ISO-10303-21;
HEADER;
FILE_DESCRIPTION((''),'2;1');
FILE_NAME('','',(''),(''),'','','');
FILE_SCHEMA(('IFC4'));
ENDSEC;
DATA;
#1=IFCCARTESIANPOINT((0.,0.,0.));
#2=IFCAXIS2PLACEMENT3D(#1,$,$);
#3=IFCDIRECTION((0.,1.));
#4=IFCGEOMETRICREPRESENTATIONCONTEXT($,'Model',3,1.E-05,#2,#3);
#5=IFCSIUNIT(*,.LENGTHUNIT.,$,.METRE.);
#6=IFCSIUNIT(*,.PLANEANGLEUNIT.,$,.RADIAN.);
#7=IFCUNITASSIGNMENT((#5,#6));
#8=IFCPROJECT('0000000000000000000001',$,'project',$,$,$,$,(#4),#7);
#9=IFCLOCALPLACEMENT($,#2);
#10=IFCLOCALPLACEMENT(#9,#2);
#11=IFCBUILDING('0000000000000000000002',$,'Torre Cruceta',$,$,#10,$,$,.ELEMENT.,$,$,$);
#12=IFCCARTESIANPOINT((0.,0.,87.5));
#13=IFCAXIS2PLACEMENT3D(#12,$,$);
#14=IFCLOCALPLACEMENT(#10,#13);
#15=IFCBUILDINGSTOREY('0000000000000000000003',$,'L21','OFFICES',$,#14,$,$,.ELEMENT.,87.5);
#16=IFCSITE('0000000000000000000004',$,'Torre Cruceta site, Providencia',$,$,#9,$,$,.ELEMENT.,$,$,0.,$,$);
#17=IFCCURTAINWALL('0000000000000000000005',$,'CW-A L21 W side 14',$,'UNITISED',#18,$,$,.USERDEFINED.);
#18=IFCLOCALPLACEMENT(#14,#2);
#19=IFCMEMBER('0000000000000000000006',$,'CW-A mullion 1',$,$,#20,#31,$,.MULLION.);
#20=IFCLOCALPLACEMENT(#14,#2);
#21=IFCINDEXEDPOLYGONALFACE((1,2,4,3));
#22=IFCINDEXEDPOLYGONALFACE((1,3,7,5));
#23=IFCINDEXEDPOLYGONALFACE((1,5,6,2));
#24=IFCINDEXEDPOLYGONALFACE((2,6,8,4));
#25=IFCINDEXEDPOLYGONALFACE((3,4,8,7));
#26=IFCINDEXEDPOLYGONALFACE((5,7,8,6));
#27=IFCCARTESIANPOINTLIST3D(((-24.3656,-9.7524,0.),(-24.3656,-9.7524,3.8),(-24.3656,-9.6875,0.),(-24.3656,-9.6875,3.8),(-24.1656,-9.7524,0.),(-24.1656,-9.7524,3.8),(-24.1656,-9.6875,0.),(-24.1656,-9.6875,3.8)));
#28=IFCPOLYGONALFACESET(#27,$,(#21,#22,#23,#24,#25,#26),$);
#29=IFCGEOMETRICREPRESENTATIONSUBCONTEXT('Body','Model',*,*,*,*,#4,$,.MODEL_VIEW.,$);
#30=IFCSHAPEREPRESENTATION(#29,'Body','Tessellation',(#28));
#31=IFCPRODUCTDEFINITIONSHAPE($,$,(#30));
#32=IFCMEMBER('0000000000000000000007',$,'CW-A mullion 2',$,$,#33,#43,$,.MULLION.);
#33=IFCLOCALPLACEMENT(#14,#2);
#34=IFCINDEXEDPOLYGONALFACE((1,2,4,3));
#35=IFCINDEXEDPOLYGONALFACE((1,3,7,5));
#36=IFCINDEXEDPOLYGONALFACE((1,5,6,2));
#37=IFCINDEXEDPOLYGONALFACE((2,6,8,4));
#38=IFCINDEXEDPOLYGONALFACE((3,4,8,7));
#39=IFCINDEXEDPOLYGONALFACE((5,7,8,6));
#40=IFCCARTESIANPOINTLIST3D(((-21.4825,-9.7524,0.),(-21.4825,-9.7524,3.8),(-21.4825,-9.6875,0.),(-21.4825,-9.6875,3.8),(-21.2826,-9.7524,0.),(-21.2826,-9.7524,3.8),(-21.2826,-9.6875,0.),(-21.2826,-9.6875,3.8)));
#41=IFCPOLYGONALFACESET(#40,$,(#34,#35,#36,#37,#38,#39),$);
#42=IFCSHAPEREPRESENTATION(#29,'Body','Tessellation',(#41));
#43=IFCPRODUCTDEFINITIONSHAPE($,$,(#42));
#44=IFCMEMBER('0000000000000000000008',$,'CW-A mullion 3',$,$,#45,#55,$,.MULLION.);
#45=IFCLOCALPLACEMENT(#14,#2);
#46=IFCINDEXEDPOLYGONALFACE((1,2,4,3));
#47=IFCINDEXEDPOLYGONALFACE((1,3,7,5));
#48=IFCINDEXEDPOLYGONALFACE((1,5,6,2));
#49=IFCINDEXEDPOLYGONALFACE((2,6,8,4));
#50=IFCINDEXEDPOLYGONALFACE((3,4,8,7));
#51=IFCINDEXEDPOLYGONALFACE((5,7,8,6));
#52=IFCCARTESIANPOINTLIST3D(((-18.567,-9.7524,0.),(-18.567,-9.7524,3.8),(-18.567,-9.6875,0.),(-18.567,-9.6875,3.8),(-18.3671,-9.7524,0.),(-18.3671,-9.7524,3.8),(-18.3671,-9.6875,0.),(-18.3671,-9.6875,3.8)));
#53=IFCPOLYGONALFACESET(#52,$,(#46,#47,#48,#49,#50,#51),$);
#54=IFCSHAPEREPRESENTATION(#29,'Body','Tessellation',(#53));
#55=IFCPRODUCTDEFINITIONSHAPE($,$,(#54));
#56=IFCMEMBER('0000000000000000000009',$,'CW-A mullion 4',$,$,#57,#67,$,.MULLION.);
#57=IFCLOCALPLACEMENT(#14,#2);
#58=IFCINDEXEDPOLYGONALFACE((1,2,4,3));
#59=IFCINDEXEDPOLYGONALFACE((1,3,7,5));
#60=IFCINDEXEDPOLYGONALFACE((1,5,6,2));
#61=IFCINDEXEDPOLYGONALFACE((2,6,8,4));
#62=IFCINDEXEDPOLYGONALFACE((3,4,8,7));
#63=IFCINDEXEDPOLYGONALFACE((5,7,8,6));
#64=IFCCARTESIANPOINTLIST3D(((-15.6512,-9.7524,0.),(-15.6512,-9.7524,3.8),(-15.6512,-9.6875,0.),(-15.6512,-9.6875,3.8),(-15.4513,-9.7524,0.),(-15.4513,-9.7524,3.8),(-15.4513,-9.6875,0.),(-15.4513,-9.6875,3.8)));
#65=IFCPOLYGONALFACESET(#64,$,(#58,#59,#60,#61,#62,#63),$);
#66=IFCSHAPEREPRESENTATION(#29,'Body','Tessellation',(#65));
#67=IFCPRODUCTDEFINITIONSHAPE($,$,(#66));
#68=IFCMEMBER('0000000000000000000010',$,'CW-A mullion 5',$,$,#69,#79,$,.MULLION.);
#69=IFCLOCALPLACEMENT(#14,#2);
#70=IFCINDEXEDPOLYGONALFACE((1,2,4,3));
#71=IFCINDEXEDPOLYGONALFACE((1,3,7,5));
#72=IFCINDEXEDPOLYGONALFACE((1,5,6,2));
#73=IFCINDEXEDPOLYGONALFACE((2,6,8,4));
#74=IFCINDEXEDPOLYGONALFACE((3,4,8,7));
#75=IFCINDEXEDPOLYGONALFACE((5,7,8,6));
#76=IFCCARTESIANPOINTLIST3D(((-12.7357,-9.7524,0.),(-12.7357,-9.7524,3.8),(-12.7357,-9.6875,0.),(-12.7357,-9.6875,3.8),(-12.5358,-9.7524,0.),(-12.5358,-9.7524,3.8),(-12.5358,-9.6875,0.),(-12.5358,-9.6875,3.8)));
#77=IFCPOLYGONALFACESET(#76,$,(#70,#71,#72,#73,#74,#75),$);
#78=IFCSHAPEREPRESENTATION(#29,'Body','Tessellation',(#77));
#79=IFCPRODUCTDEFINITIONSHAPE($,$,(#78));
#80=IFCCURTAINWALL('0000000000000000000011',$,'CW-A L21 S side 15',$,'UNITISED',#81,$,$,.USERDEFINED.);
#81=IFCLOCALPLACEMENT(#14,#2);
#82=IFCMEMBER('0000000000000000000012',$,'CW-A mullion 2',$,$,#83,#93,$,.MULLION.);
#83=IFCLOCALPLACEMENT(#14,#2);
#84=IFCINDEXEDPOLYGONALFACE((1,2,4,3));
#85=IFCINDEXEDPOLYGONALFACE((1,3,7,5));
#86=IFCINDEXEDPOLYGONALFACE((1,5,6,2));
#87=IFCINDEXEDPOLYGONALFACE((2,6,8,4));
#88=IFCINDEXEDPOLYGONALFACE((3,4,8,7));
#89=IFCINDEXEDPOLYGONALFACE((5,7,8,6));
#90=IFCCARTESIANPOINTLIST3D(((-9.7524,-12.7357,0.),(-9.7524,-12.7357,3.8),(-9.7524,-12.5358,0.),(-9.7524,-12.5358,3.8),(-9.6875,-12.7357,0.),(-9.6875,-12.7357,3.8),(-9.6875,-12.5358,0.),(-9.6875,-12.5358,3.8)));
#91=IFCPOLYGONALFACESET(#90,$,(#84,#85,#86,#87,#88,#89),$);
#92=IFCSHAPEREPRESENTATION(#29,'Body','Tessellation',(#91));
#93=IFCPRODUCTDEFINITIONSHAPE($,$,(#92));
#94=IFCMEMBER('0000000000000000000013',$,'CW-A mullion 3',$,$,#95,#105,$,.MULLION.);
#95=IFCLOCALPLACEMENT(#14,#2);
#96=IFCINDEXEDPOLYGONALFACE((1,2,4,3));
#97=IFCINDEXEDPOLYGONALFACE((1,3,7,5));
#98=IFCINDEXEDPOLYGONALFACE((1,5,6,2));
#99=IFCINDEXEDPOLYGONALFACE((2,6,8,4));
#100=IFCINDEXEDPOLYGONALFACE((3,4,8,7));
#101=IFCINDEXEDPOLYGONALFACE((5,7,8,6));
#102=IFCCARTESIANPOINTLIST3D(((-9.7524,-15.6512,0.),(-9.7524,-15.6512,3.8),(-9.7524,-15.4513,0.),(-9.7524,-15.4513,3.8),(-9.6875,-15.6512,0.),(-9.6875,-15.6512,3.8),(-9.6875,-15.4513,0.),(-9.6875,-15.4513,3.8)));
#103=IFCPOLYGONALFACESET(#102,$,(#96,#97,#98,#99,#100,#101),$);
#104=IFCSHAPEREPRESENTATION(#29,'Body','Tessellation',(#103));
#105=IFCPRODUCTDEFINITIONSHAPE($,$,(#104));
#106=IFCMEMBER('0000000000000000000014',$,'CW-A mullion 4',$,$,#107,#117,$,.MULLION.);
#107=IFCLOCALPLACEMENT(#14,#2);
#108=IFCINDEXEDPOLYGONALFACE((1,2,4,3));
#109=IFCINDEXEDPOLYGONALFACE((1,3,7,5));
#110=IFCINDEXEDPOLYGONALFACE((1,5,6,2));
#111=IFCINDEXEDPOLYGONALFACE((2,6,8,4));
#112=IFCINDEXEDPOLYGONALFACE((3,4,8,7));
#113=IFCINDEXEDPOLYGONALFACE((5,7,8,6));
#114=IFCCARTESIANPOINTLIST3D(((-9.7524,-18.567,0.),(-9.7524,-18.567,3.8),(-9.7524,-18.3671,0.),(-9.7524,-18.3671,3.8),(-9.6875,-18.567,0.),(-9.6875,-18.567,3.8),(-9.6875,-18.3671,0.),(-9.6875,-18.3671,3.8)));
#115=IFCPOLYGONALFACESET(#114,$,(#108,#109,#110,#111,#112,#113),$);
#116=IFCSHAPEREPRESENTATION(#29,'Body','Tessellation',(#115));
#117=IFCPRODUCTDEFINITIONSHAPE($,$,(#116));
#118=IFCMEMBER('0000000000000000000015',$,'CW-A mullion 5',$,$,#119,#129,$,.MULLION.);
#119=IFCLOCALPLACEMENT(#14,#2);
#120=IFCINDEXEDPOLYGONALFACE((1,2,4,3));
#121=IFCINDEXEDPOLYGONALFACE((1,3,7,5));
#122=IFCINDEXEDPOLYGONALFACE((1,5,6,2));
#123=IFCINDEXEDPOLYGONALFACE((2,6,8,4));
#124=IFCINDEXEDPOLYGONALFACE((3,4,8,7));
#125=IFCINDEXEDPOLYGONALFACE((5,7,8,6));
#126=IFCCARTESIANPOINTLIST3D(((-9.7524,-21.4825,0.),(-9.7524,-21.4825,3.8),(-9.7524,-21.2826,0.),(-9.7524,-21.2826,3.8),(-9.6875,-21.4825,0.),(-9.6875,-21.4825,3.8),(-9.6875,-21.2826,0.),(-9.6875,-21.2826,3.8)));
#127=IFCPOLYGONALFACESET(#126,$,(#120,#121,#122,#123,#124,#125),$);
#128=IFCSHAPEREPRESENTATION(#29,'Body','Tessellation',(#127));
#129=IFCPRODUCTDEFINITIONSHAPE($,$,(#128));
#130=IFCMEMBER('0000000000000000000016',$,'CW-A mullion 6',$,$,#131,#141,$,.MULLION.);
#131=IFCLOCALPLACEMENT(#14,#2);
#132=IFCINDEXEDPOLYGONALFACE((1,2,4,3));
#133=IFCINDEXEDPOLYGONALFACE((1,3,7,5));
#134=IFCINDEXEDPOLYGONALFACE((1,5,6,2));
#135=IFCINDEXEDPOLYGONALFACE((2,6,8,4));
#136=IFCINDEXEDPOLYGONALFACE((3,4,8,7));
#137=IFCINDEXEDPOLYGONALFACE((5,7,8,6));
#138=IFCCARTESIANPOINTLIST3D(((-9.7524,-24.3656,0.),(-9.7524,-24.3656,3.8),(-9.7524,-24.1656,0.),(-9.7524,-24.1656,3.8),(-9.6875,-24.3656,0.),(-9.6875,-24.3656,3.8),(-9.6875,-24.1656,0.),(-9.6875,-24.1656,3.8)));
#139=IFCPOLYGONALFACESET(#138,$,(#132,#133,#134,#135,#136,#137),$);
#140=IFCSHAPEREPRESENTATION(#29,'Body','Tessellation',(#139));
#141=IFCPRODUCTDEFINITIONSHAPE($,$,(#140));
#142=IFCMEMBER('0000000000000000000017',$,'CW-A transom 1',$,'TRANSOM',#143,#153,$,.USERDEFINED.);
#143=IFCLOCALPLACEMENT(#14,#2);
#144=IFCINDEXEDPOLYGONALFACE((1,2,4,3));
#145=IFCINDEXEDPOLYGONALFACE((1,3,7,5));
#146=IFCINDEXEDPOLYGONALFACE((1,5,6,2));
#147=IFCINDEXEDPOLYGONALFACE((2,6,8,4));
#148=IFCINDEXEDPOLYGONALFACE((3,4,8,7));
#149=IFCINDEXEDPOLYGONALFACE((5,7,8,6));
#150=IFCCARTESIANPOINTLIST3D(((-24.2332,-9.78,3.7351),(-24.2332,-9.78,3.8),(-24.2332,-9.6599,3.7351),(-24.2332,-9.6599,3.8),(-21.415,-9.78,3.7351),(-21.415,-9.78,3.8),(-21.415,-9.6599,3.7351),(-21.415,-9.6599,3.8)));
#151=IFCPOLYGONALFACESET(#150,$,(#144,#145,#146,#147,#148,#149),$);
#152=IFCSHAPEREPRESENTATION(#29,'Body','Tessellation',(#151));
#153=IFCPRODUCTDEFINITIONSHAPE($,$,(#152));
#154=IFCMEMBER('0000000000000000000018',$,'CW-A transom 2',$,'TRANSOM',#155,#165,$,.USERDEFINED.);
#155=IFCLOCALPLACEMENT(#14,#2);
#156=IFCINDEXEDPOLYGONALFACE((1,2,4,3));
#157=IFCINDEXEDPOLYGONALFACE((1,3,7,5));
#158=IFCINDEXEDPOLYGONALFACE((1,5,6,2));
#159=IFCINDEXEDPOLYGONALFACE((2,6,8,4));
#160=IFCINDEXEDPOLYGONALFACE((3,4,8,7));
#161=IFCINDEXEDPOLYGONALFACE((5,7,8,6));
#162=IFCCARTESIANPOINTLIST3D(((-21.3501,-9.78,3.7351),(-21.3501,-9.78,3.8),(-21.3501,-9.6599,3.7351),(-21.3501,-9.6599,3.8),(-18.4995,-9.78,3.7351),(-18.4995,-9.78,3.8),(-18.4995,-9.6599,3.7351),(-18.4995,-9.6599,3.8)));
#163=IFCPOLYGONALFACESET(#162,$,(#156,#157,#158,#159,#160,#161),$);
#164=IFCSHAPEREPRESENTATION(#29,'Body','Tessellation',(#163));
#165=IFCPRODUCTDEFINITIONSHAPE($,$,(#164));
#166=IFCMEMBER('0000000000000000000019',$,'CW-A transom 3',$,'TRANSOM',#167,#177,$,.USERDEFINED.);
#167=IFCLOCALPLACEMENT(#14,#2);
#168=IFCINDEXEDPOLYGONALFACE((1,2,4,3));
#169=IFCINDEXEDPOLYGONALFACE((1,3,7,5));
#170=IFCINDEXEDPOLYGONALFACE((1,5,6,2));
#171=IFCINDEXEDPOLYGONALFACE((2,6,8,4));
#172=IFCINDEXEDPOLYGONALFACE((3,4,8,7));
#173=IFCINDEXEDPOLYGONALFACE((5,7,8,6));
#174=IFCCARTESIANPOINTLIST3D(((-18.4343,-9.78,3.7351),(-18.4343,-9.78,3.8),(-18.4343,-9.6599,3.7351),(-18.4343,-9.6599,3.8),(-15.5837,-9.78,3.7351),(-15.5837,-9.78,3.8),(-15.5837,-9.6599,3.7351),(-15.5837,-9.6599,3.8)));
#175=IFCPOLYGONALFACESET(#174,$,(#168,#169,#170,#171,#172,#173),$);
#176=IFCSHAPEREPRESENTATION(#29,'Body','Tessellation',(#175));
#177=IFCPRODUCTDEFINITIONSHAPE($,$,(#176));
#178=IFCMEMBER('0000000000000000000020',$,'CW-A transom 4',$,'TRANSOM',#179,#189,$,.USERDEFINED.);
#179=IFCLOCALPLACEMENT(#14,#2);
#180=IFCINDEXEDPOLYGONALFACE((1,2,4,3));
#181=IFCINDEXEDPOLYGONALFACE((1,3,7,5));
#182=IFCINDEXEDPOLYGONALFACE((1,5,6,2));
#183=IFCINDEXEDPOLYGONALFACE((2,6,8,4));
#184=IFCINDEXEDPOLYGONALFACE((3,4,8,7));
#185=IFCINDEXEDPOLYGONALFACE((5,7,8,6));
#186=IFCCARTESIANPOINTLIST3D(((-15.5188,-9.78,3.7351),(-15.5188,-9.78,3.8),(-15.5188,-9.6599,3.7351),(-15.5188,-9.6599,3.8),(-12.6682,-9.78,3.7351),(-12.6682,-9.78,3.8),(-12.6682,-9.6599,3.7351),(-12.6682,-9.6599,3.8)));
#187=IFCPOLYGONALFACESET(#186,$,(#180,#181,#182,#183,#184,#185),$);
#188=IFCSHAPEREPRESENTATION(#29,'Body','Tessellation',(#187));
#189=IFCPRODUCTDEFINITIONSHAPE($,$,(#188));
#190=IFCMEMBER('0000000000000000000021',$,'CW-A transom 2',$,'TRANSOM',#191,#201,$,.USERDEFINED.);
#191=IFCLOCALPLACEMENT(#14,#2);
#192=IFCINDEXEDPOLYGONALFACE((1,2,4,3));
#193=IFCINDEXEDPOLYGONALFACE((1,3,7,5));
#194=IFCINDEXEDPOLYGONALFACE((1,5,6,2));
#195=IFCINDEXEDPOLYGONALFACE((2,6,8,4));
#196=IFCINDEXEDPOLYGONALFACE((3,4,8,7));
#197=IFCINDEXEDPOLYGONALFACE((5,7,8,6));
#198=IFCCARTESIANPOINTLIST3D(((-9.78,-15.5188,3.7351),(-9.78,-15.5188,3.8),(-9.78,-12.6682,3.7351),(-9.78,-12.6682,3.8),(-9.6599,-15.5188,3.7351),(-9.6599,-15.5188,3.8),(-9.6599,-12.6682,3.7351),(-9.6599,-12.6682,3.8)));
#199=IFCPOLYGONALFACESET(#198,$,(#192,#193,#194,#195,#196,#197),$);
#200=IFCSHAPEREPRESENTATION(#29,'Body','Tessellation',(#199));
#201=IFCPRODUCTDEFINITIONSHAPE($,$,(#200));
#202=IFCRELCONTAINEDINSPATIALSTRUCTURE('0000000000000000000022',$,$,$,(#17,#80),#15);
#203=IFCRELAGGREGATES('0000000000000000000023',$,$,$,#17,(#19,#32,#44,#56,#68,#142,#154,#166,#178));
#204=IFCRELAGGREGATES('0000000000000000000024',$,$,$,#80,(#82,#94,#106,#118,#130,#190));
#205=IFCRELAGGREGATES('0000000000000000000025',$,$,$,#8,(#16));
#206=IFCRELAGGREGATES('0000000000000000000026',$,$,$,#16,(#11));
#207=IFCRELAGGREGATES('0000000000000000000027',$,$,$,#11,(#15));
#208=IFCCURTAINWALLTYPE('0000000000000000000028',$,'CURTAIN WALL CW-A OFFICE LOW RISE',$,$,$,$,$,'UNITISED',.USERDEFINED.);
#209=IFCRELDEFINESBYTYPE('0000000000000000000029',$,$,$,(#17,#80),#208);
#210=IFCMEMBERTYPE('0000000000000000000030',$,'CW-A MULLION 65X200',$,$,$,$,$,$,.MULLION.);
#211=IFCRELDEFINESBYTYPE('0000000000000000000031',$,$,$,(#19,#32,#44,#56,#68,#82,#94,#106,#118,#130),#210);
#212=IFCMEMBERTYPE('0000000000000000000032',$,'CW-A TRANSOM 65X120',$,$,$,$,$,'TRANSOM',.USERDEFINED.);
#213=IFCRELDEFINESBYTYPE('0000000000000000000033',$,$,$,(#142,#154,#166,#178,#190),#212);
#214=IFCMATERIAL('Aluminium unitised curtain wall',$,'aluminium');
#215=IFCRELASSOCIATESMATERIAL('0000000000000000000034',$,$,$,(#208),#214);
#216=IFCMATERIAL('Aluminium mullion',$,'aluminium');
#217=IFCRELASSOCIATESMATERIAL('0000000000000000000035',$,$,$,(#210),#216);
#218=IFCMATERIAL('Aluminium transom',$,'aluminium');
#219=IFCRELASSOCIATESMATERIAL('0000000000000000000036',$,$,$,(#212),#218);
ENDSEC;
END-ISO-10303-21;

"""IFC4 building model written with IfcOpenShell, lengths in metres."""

from ifc_helpers import new_model, si_unit, direction, frame, origin, origin_2d, place, context, subcontext, project, spatial, rectangle, extrude, material, material_profile, profile_set, type_object, element, aggregate, save


model = new_model("IFC4")

# Units and contexts
model_context = context("Model", 3, precision=1e-05, world=origin(), true_north=direction((0.0, 1.0)))
body_context = subcontext(model_context, "Body", "Model", "MODEL_VIEW")
ifc_project = project(units=[si_unit("LENGTHUNIT", "METRE"), si_unit("PLANEANGLEUNIT", "RADIAN")], contexts=[model_context])

# Site, building, storey
site_placement = place(None, origin())
site = spatial("IfcSite", under=ifc_project, at=site_placement, Name="Torre Cruceta site, Providencia", CompositionType="ELEMENT", RefElevation=0.0)
building_placement = place(site_placement, origin())
building = spatial("IfcBuilding", under=site, at=building_placement, Name="Torre Cruceta", CompositionType="ELEMENT")
storey_placement = place(building_placement, frame((0.0, 0.0, 87.5)))
storey = spatial("IfcBuildingStorey", under=building, at=storey_placement, Name="L21", Description="OFFICES", CompositionType="ELEMENT", Elevation=87.5)

# Curtain walls, members
ifc_material_1 = material(Name="Aluminium unitised curtain wall", Category="aluminium")
curtain_wall_type = type_object("IfcCurtainWallType", Name="CURTAIN WALL CW-A OFFICE LOW RISE", ElementType="UNITISED", PredefinedType="USERDEFINED", material=ifc_material_1)
curtain_wall_1_placement = place(storey_placement, origin())
curtain_wall_1 = element("IfcCurtainWall", 1, at=curtain_wall_1_placement, inside=storey, type_object=curtain_wall_type, Name="CW-A L21 W side 14", ObjectType="UNITISED", PredefinedType="USERDEFINED")
ifc_material_2 = material(Name="Aluminium mullion", Category="aluminium")
ifc_material_profile_1 = material_profile(ifc_material_2, rectangle(XDim=0.0649, YDim=0.2, at=origin_2d()), Name="AL 65X200")
ifc_profile_set_1 = profile_set([ifc_material_profile_1], Name="Aluminium mullion")
member_type_1 = type_object("IfcMemberType", Name="CW-A MULLION 65X200", PredefinedType="MULLION", material=ifc_profile_set_1)
member_1_placement = place(storey_placement, frame((-24.2656, -9.72, 0.0), z_axis=(0.0, 0.0, 1.0), x_axis=(0.0, 1.0, 0.0)))
member_1 = element("IfcMember", 2, at=member_1_placement, type_object=member_type_1, Name="CW-A mullion 1", PredefinedType="MULLION", context=body_context, shape_type="SweptSolid", body=[
    extrude(rectangle(XDim=0.0649, YDim=0.2, at=origin_2d()), origin(), (0.0, 0.0, 1.0), 3.8),
])
member_2_placement = place(storey_placement, frame((-21.3826, -9.72, 0.0), z_axis=(0.0, 0.0, 1.0), x_axis=(0.0, 1.0, 0.0)))
member_2 = element("IfcMember", 3, at=member_2_placement, type_object=member_type_1, Name="CW-A mullion 2", PredefinedType="MULLION", context=body_context, shape_type="SweptSolid", body=[
    extrude(rectangle(XDim=0.0649, YDim=0.2, at=origin_2d()), origin(), (0.0, 0.0, 1.0), 3.8),
])
member_3_placement = place(storey_placement, frame((-18.467, -9.72, 0.0), z_axis=(0.0, 0.0, 1.0), x_axis=(0.0, 1.0, 0.0)))
member_3 = element("IfcMember", 4, at=member_3_placement, type_object=member_type_1, Name="CW-A mullion 3", PredefinedType="MULLION", context=body_context, shape_type="SweptSolid", body=[
    extrude(rectangle(XDim=0.0649, YDim=0.2, at=origin_2d()), origin(), (0.0, 0.0, 1.0), 3.8),
])
member_4_placement = place(storey_placement, frame((-15.5513, -9.72, 0.0), z_axis=(0.0, 0.0, 1.0), x_axis=(0.0, 1.0, 0.0)))
member_4 = element("IfcMember", 5, at=member_4_placement, type_object=member_type_1, Name="CW-A mullion 4", PredefinedType="MULLION", context=body_context, shape_type="SweptSolid", body=[
    extrude(rectangle(XDim=0.0649, YDim=0.2, at=origin_2d()), origin(), (0.0, 0.0, 1.0), 3.8),
])
member_5_placement = place(storey_placement, frame((-12.6357, -9.72, 0.0), z_axis=(0.0, 0.0, 1.0), x_axis=(0.0, 1.0, 0.0)))
member_5 = element("IfcMember", 6, at=member_5_placement, type_object=member_type_1, Name="CW-A mullion 5", PredefinedType="MULLION", context=body_context, shape_type="SweptSolid", body=[
    extrude(rectangle(XDim=0.0649, YDim=0.2, at=origin_2d()), origin(), (0.0, 0.0, 1.0), 3.8),
])
curtain_wall_2_placement = place(storey_placement, origin())
curtain_wall_2 = element("IfcCurtainWall", 7, at=curtain_wall_2_placement, inside=storey, type_object=curtain_wall_type, Name="CW-A L21 S side 15", ObjectType="UNITISED", PredefinedType="USERDEFINED")
member_6_placement = place(storey_placement, frame((-9.72, -12.6357, 0.0), z_axis=(0.0, 0.0, 1.0), x_axis=(1.0, 0.0, 0.0)))
member_6 = element("IfcMember", 8, at=member_6_placement, type_object=member_type_1, Name="CW-A mullion 2", PredefinedType="MULLION", context=body_context, shape_type="SweptSolid", body=[
    extrude(rectangle(XDim=0.0649, YDim=0.2, at=origin_2d()), origin(), (0.0, 0.0, 1.0), 3.8),
])
member_7_placement = place(storey_placement, frame((-9.72, -15.5513, 0.0), z_axis=(0.0, 0.0, 1.0), x_axis=(1.0, 0.0, 0.0)))
member_7 = element("IfcMember", 9, at=member_7_placement, type_object=member_type_1, Name="CW-A mullion 3", PredefinedType="MULLION", context=body_context, shape_type="SweptSolid", body=[
    extrude(rectangle(XDim=0.0649, YDim=0.2, at=origin_2d()), origin(), (0.0, 0.0, 1.0), 3.8),
])
member_8_placement = place(storey_placement, frame((-9.72, -18.467, 0.0), z_axis=(0.0, 0.0, 1.0), x_axis=(1.0, 0.0, 0.0)))
member_8 = element("IfcMember", 10, at=member_8_placement, type_object=member_type_1, Name="CW-A mullion 4", PredefinedType="MULLION", context=body_context, shape_type="SweptSolid", body=[
    extrude(rectangle(XDim=0.0649, YDim=0.2, at=origin_2d()), origin(), (0.0, 0.0, 1.0), 3.8),
])
member_9_placement = place(storey_placement, frame((-9.72, -21.3826, 0.0), z_axis=(0.0, 0.0, 1.0), x_axis=(1.0, 0.0, 0.0)))
member_9 = element("IfcMember", 11, at=member_9_placement, type_object=member_type_1, Name="CW-A mullion 5", PredefinedType="MULLION", context=body_context, shape_type="SweptSolid", body=[
    extrude(rectangle(XDim=0.0649, YDim=0.2, at=origin_2d()), origin(), (0.0, 0.0, 1.0), 3.8),
])
member_10_placement = place(storey_placement, frame((-9.72, -24.2656, 0.0), z_axis=(0.0, 0.0, 1.0), x_axis=(1.0, 0.0, 0.0)))
member_10 = element("IfcMember", 12, at=member_10_placement, type_object=member_type_1, Name="CW-A mullion 6", PredefinedType="MULLION", context=body_context, shape_type="SweptSolid", body=[
    extrude(rectangle(XDim=0.0649, YDim=0.2, at=origin_2d()), origin(), (0.0, 0.0, 1.0), 3.8),
])

# Members
ifc_material_3 = material(Name="Aluminium transom", Category="aluminium")
ifc_material_profile_2 = material_profile(ifc_material_3, rectangle(XDim=0.1201, YDim=0.0649, at=origin_2d()), Name="AL 120X65")
ifc_profile_set_2 = profile_set([ifc_material_profile_2], Name="Aluminium transom")
member_type_2 = type_object("IfcMemberType", Name="CW-A TRANSOM 65X120", ElementType="TRANSOM", PredefinedType="USERDEFINED", material=ifc_profile_set_2)
member_11_placement = place(storey_placement, frame((-24.2332, -9.72, 3.7676), z_axis=(1.0, 0.0, 0.0), x_axis=(0.0, 1.0, 0.0)))
member_11 = element("IfcMember", 13, at=member_11_placement, type_object=member_type_2, Name="CW-A transom 1", ObjectType="TRANSOM", PredefinedType="USERDEFINED", context=body_context, shape_type="SweptSolid", body=[
    extrude(rectangle(XDim=0.1201, YDim=0.0649, at=origin_2d()), origin(), (0.0, 0.0, 1.0), 2.8181),
])
member_12_placement = place(storey_placement, frame((-21.3501, -9.72, 3.7676), z_axis=(1.0, 0.0, 0.0), x_axis=(0.0, 1.0, 0.0)))
member_12 = element("IfcMember", 14, at=member_12_placement, type_object=member_type_2, Name="CW-A transom 2", ObjectType="TRANSOM", PredefinedType="USERDEFINED", context=body_context, shape_type="SweptSolid", body=[
    extrude(rectangle(XDim=0.1201, YDim=0.0649, at=origin_2d()), origin(), (0.0, 0.0, 1.0), 2.8506),
])
member_13_placement = place(storey_placement, frame((-18.4343, -9.72, 3.7676), z_axis=(1.0, 0.0, 0.0), x_axis=(0.0, 1.0, 0.0)))
member_13 = element("IfcMember", 15, at=member_13_placement, type_object=member_type_2, Name="CW-A transom 3", ObjectType="TRANSOM", PredefinedType="USERDEFINED", context=body_context, shape_type="SweptSolid", body=[
    extrude(rectangle(XDim=0.1201, YDim=0.0649, at=origin_2d()), origin(), (0.0, 0.0, 1.0), 2.8506),
])
member_14_placement = place(storey_placement, frame((-15.5188, -9.72, 3.7676), z_axis=(1.0, 0.0, 0.0), x_axis=(0.0, 1.0, 0.0)))
member_14 = element("IfcMember", 16, at=member_14_placement, type_object=member_type_2, Name="CW-A transom 4", ObjectType="TRANSOM", PredefinedType="USERDEFINED", context=body_context, shape_type="SweptSolid", body=[
    extrude(rectangle(XDim=0.1201, YDim=0.0649, at=origin_2d()), origin(), (0.0, 0.0, 1.0), 2.8506),
])
member_15_placement = place(storey_placement, frame((-9.72, -12.6682, 3.7676), z_axis=(0.0, -1.0, 0.0), x_axis=(1.0, 0.0, 0.0)))
member_15 = element("IfcMember", 17, at=member_15_placement, type_object=member_type_2, Name="CW-A transom 2", ObjectType="TRANSOM", PredefinedType="USERDEFINED", context=body_context, shape_type="SweptSolid", body=[
    extrude(rectangle(XDim=0.1201, YDim=0.0649, at=origin_2d()), origin(), (0.0, 0.0, 1.0), 2.8506),
])

aggregate(curtain_wall_1, [member_1, member_2, member_3, member_4, member_5, member_11, member_12, member_13, member_14])
aggregate(curtain_wall_2, [member_6, member_7, member_8, member_9, member_10, member_15])

save(model, "model.ifc")
